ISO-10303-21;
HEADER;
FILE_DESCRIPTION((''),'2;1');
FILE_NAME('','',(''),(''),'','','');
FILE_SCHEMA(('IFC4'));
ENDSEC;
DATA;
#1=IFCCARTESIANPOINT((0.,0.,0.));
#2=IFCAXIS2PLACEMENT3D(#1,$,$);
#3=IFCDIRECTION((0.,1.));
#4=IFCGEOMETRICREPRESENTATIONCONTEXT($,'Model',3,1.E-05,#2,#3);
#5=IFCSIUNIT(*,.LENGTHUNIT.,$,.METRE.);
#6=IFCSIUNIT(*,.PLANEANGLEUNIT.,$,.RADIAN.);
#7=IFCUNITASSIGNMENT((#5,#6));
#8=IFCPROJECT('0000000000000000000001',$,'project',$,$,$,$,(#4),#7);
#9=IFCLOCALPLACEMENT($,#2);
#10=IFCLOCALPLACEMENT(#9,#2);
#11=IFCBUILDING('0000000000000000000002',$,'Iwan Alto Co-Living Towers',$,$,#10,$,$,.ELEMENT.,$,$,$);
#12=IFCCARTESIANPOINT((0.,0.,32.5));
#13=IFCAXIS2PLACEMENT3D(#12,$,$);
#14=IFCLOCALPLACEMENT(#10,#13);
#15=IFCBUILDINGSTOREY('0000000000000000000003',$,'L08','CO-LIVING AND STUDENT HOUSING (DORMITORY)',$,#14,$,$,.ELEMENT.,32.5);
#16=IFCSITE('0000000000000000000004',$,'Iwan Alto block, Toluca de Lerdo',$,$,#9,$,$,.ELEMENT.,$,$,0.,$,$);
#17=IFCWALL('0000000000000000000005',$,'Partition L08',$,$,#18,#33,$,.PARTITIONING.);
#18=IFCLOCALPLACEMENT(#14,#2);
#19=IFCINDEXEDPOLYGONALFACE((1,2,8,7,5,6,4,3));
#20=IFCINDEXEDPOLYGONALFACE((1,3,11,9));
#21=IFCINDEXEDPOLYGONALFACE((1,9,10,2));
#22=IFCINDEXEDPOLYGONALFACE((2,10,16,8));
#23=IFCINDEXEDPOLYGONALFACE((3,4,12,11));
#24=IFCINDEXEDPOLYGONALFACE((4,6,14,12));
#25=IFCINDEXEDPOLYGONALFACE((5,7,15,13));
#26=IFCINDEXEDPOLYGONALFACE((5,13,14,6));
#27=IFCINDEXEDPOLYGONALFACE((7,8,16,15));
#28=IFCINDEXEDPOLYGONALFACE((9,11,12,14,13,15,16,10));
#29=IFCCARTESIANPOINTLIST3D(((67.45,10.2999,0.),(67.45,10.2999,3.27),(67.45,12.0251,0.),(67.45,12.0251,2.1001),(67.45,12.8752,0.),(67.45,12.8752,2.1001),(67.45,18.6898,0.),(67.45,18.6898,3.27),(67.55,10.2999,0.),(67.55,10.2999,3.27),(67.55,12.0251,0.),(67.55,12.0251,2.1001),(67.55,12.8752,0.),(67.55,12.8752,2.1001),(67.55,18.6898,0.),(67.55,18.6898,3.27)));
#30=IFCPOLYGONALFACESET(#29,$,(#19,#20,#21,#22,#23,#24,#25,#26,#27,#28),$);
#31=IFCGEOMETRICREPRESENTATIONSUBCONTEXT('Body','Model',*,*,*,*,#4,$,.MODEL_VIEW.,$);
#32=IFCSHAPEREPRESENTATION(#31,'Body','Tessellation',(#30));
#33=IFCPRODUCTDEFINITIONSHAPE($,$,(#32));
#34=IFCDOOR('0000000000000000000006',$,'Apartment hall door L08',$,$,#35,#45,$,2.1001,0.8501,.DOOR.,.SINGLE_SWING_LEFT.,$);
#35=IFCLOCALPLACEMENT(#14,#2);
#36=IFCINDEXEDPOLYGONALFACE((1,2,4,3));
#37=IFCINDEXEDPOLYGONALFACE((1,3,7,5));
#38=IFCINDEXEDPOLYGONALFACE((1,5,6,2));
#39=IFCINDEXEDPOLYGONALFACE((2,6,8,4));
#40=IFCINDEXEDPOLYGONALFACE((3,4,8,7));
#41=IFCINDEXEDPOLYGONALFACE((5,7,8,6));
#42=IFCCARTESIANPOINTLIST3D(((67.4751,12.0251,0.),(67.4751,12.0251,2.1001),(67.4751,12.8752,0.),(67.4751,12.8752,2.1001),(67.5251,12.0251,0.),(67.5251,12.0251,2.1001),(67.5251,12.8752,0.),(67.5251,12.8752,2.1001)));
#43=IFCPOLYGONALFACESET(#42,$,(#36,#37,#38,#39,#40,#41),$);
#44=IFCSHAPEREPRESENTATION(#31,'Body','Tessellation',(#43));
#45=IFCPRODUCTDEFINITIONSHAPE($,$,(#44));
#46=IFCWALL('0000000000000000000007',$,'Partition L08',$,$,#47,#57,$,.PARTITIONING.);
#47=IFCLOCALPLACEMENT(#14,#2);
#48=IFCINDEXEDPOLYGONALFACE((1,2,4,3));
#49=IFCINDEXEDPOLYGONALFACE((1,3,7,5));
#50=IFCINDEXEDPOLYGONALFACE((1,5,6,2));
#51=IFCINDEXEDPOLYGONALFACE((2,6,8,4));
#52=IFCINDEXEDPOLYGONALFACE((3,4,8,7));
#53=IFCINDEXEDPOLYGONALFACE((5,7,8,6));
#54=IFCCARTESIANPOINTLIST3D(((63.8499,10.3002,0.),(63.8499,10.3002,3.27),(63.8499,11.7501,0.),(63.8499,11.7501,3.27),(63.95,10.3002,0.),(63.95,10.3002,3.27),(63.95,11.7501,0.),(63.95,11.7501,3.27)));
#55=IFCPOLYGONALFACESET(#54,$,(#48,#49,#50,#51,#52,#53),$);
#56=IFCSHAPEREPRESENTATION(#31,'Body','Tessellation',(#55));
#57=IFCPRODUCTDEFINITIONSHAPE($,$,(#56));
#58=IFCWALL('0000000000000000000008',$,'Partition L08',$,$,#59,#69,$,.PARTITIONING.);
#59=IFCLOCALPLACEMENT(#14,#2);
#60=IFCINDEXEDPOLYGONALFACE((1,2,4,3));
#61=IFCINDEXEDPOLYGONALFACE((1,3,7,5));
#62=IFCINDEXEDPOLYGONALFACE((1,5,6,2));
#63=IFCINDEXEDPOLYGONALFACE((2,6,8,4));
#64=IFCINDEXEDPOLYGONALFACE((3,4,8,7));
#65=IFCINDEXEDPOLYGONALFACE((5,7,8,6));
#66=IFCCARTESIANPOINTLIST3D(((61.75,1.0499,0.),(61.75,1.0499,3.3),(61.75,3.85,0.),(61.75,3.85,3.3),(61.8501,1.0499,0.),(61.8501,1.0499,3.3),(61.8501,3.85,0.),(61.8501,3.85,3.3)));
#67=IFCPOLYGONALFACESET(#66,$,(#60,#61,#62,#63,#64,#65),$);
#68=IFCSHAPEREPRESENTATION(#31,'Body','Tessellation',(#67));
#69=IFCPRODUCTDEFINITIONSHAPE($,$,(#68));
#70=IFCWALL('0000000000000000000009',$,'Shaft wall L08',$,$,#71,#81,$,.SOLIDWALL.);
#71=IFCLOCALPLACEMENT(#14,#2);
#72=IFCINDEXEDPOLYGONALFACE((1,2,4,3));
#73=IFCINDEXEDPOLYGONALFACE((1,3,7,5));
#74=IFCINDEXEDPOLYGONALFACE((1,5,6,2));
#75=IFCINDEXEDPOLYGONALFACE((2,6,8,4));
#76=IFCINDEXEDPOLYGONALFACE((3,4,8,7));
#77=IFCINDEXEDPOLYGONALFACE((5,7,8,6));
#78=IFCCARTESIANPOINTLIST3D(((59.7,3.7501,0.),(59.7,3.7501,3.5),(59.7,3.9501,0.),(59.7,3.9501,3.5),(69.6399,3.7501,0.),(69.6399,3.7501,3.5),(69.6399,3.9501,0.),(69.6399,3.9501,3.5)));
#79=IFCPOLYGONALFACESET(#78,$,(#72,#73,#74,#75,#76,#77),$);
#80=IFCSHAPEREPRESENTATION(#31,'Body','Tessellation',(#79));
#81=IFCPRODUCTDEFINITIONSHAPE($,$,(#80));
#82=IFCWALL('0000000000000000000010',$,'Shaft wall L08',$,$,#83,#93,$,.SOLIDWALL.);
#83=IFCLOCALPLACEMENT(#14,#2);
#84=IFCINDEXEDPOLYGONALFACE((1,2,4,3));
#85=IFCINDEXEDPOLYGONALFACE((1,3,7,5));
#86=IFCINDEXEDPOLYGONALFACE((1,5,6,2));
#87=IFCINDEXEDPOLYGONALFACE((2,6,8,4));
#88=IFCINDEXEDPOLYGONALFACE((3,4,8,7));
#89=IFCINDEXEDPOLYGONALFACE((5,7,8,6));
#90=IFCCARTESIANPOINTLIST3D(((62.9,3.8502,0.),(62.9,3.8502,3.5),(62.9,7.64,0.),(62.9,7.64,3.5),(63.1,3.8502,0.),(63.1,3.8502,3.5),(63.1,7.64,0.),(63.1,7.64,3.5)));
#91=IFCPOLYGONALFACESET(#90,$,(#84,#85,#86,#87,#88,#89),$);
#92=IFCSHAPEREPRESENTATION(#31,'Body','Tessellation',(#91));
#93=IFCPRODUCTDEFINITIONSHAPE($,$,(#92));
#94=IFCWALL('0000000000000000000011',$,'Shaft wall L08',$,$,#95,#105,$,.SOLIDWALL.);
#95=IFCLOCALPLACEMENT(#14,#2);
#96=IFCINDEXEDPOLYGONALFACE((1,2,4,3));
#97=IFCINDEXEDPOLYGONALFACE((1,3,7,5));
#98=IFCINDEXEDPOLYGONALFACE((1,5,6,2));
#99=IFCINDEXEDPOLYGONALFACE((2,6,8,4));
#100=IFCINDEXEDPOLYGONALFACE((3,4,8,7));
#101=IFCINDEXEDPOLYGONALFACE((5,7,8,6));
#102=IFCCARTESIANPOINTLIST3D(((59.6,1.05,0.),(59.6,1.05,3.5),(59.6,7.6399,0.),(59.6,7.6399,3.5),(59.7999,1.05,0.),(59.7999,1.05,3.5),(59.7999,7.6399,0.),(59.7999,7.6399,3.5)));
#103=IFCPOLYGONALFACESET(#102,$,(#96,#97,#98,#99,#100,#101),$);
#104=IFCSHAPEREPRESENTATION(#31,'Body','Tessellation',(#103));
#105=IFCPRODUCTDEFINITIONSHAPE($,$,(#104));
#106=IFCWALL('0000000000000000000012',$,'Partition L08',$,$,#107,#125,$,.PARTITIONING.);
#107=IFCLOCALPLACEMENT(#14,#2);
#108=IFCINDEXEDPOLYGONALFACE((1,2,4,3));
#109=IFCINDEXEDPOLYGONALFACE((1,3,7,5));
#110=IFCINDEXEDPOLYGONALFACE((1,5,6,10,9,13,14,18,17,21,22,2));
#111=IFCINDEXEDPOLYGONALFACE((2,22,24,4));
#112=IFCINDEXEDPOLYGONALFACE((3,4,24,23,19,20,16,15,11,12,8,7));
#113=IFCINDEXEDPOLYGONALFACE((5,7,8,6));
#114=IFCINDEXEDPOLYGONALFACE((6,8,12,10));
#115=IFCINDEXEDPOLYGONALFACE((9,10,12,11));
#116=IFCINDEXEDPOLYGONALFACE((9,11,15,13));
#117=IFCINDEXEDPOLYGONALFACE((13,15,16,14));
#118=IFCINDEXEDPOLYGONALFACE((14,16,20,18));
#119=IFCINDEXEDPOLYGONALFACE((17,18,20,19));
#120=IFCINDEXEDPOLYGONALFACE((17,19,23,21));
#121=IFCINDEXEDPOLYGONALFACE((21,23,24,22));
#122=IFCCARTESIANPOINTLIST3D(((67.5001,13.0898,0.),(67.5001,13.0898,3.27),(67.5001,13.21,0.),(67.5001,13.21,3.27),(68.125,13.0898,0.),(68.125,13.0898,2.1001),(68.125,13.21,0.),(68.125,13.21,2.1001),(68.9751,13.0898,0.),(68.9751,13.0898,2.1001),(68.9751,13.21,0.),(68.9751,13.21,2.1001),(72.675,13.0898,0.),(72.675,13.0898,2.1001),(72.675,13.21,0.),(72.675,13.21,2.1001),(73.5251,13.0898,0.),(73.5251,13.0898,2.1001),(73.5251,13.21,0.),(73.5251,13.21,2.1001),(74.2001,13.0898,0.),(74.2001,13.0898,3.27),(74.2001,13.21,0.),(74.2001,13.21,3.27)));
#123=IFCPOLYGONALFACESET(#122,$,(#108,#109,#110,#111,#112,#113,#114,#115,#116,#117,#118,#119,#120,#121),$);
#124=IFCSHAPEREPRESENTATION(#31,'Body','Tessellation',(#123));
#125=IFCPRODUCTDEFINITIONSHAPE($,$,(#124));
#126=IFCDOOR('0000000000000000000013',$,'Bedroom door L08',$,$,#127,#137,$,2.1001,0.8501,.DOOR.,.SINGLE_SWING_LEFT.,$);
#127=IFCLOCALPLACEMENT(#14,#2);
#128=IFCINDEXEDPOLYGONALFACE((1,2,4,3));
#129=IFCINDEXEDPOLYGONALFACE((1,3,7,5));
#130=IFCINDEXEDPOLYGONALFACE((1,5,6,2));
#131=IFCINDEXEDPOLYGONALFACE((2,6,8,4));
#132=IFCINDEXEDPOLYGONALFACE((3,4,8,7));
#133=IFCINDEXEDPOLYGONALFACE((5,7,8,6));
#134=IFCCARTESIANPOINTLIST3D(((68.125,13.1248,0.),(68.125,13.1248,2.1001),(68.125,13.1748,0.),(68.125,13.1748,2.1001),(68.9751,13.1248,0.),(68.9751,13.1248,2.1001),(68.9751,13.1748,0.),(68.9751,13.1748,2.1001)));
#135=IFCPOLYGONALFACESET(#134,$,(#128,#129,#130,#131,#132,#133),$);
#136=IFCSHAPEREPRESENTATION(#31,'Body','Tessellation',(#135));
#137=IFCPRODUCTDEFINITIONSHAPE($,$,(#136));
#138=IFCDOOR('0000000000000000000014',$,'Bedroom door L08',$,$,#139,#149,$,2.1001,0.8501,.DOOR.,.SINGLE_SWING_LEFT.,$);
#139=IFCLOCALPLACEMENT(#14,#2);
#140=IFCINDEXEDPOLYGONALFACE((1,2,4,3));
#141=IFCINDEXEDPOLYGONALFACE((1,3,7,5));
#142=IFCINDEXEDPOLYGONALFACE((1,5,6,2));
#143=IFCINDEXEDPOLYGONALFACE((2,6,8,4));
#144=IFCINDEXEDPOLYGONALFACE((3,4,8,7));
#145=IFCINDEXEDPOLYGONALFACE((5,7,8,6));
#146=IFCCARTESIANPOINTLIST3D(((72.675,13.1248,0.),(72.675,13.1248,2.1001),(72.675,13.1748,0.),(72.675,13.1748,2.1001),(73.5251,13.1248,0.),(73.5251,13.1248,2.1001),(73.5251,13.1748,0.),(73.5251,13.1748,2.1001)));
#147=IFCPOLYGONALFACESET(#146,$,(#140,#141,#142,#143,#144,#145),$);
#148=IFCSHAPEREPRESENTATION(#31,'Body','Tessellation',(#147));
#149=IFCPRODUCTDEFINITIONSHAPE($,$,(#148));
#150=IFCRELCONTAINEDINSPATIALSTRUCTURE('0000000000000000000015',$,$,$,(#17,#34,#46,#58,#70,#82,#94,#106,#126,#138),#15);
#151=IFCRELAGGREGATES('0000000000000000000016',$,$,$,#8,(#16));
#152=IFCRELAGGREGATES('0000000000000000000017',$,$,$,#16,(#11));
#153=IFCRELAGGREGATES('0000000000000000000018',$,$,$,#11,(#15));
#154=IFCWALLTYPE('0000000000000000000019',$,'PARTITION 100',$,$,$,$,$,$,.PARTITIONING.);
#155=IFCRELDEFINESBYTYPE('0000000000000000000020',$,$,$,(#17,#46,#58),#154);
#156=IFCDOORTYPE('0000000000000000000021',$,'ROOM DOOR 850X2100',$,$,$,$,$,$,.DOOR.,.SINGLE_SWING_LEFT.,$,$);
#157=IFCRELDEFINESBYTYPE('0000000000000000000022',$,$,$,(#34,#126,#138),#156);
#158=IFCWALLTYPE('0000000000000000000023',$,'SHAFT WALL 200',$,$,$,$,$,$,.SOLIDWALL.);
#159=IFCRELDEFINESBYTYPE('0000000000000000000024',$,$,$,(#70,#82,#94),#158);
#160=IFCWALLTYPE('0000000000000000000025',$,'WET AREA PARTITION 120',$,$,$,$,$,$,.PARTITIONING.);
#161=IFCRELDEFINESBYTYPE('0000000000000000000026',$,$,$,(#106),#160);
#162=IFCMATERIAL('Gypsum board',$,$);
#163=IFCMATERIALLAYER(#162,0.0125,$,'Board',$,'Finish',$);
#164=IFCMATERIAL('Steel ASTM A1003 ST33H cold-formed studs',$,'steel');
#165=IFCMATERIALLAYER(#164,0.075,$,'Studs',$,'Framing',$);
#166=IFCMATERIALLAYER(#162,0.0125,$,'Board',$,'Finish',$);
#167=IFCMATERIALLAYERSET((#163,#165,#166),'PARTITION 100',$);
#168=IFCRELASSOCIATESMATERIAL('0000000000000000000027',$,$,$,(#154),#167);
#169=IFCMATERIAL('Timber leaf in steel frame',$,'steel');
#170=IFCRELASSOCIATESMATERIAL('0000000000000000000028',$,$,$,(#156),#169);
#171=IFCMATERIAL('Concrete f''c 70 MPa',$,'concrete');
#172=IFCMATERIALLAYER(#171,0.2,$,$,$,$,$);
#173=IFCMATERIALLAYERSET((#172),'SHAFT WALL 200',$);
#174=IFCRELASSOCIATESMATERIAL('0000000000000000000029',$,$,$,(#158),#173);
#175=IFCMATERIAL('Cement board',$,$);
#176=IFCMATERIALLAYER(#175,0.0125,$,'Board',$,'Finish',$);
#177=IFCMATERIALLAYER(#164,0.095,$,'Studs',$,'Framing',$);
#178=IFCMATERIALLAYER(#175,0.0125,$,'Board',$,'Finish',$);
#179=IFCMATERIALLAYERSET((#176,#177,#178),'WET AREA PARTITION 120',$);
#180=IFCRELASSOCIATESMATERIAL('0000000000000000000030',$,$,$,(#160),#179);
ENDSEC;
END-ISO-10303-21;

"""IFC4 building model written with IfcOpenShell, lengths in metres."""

from ifc_helpers import new_model, si_unit, direction, frame, frame_2d, origin, place, context, subcontext, project, spatial, rectangle, extrude, material, layer, layer_set, type_object, element, fill, save


model = new_model("IFC4")

# Units and contexts
model_context = context("Model", 3, precision=1e-05, world=origin(), true_north=direction((0.0, 1.0)))
body_context = subcontext(model_context, "Body", "Model", "MODEL_VIEW")
ifc_project = project(units=[si_unit("LENGTHUNIT", "METRE"), si_unit("PLANEANGLEUNIT", "RADIAN")], contexts=[model_context])

# Site, building, storey
site_placement = place(None, origin())
site = spatial("IfcSite", under=ifc_project, at=site_placement, Name="Iwan Alto block, Toluca de Lerdo", CompositionType="ELEMENT", RefElevation=0.0)
building_placement = place(site_placement, origin())
building = spatial("IfcBuilding", under=site, at=building_placement, Name="Iwan Alto Co-Living Towers", CompositionType="ELEMENT")
storey_placement = place(building_placement, frame((0.0, 0.0, 32.5)))
storey = spatial("IfcBuildingStorey", under=building, at=storey_placement, Name="L08", Description="CO-LIVING AND STUDENT HOUSING (DORMITORY)", CompositionType="ELEMENT", Elevation=32.5)

# Wall, opening, door
ifc_material_1 = material(Name="Gypsum board")
ifc_layer_1 = layer(ifc_material_1, 0.0125, Name="Board", Category="Finish")
ifc_material_2 = material(Name="Steel ASTM A1003 ST33H cold-formed studs", Category="steel")
ifc_layer_2 = layer(ifc_material_2, 0.075, Name="Studs", Category="Framing")
ifc_layer_3 = layer(ifc_material_1, 0.0125, Name="Board", Category="Finish")
ifc_layer_set_1 = layer_set([ifc_layer_1, ifc_layer_2, ifc_layer_3], Name="PARTITION 100")
wall_type_1 = type_object("IfcWallType", Name="PARTITION 100", PredefinedType="PARTITIONING", material=ifc_layer_set_1)
wall_1_placement = place(storey_placement, frame((67.5, 10.3, 0.0), z_axis=(0.0, 0.0, 1.0), x_axis=(0.0, 1.0, 0.0)))
wall_1 = element("IfcWall", 1, at=wall_1_placement, inside=storey, type_object=wall_type_1, Name="Partition L08", PredefinedType="PARTITIONING", context=body_context, shape_type="SweptSolid", body=[
    extrude(rectangle(XDim=8.3899, YDim=0.1001, at=frame_2d((4.1948, 0.0))), origin(), (0.0, 0.0, 1.0), 3.27),
])
opening_1_placement = place(wall_1_placement, frame((1.7251, 0.0, 0.0)))
opening_1 = element("IfcOpeningElement", 2, at=opening_1_placement, cuts=wall_1, PredefinedType="OPENING", context=body_context, shape_type="SweptSolid", body=[
    extrude(rectangle(XDim=0.8501, YDim=2.1001, at=frame_2d((0.425, 1.05))), frame((0.0, 0.0601, 0.0), z_axis=(0.0, -1.0, 0.0), x_axis=(1.0, 0.0, 0.0)), (0.0, 0.0, 1.0), 0.1201),
])
ifc_material_3 = material(Name="Timber leaf in steel frame", Category="steel")
door_type = type_object("IfcDoorType", Name="ROOM DOOR 850X2100", OperationType="SINGLE_SWING_LEFT", PredefinedType="DOOR", material=ifc_material_3)
door_1_placement = place(opening_1_placement, origin())
door_1 = element("IfcDoor", 3, at=door_1_placement, inside=storey, type_object=door_type, Name="Apartment hall door L08", OperationType="SINGLE_SWING_LEFT", OverallHeight=2.1001, OverallWidth=0.8501, PredefinedType="DOOR", context=body_context, shape_type="SweptSolid", body=[
    extrude(rectangle(XDim=0.8501, YDim=2.1001, at=frame_2d((0.425, 1.05))), frame((0.0, 0.0249, 0.0), z_axis=(0.0, -1.0, 0.0), x_axis=(1.0, 0.0, 0.0)), (0.0, 0.0, 1.0), 0.05),
])
fill(opening_1, door_1)

# Walls
wall_2_placement = place(storey_placement, frame((63.8999, 10.3, 0.0), z_axis=(0.0, 0.0, 1.0), x_axis=(0.0, 1.0, 0.0)))
element("IfcWall", 4, at=wall_2_placement, inside=storey, type_object=wall_type_1, Name="Partition L08", PredefinedType="PARTITIONING", context=body_context, shape_type="SweptSolid", body=[
    extrude(rectangle(XDim=1.45, YDim=0.1001, at=frame_2d((0.7251, 0.0))), origin(), (0.0, 0.0, 1.0), 3.27),
])
wall_3_placement = place(storey_placement, frame((61.8, 1.05, 0.0), z_axis=(0.0, 0.0, 1.0), x_axis=(0.0, 1.0, 0.0)))
element("IfcWall", 5, at=wall_3_placement, inside=storey, type_object=wall_type_1, Name="Partition L08", PredefinedType="PARTITIONING", context=body_context, shape_type="SweptSolid", body=[
    extrude(rectangle(XDim=2.8, YDim=0.1001, at=frame_2d((1.3999, 0.0))), origin(), (0.0, 0.0, 1.0), 3.3),
])
ifc_material_4 = material(Name="Concrete f'c 70 MPa", Category="concrete")
ifc_layer_4 = layer(ifc_material_4, 0.2)
ifc_layer_set_2 = layer_set([ifc_layer_4], Name="SHAFT WALL 200")
wall_type_2 = type_object("IfcWallType", Name="SHAFT WALL 200", PredefinedType="SOLIDWALL", material=ifc_layer_set_2)
wall_4_placement = place(storey_placement, frame((59.7, 3.8501, 0.0), z_axis=(0.0, 0.0, 1.0), x_axis=(1.0, 0.0, 0.0)))
element("IfcWall", 6, at=wall_4_placement, inside=storey, type_object=wall_type_2, Name="Shaft wall L08", PredefinedType="SOLIDWALL", context=body_context, shape_type="SweptSolid", body=[
    extrude(rectangle(XDim=9.9399, YDim=0.2, at=frame_2d((4.97, 0.0))), origin(), (0.0, 0.0, 1.0), 3.5),
])
wall_5_placement = place(storey_placement, frame((63.0, 3.8501, 0.0), z_axis=(0.0, 0.0, 1.0), x_axis=(0.0, 1.0, 0.0)))
element("IfcWall", 7, at=wall_5_placement, inside=storey, type_object=wall_type_2, Name="Shaft wall L08", PredefinedType="SOLIDWALL", context=body_context, shape_type="SweptSolid", body=[
    extrude(rectangle(XDim=3.7898, YDim=0.2, at=frame_2d((1.895, 0.0))), origin(), (0.0, 0.0, 1.0), 3.5),
])
wall_6_placement = place(storey_placement, frame((59.7, 1.05, 0.0), z_axis=(0.0, 0.0, 1.0), x_axis=(0.0, 1.0, 0.0)))
element("IfcWall", 8, at=wall_6_placement, inside=storey, type_object=wall_type_2, Name="Shaft wall L08", PredefinedType="SOLIDWALL", context=body_context, shape_type="SweptSolid", body=[
    extrude(rectangle(XDim=6.5898, YDim=0.2, at=frame_2d((3.2949, 0.0))), origin(), (0.0, 0.0, 1.0), 3.5),
])

# Wall, openings, doors
ifc_material_5 = material(Name="Cement board")
ifc_layer_5 = layer(ifc_material_5, 0.0125, Name="Board", Category="Finish")
ifc_layer_6 = layer(ifc_material_2, 0.095, Name="Studs", Category="Framing")
ifc_layer_7 = layer(ifc_material_5, 0.0125, Name="Board", Category="Finish")
ifc_layer_set_3 = layer_set([ifc_layer_5, ifc_layer_6, ifc_layer_7], Name="WET AREA PARTITION 120")
wall_type_3 = type_object("IfcWallType", Name="WET AREA PARTITION 120", PredefinedType="PARTITIONING", material=ifc_layer_set_3)
wall_7_placement = place(storey_placement, frame((67.5, 13.1499, 0.0), z_axis=(0.0, 0.0, 1.0), x_axis=(1.0, 0.0, 0.0)))
wall_7 = element("IfcWall", 9, at=wall_7_placement, inside=storey, type_object=wall_type_3, Name="Partition L08", PredefinedType="PARTITIONING", context=body_context, shape_type="SweptSolid", body=[
    extrude(rectangle(XDim=6.7, YDim=0.1201, at=frame_2d((3.3501, 0.0))), origin(), (0.0, 0.0, 1.0), 3.27),
])
opening_2_placement = place(wall_7_placement, frame((0.625, 0.0, 0.0)))
opening_2 = element("IfcOpeningElement", 10, at=opening_2_placement, cuts=wall_7, PredefinedType="OPENING", context=body_context, shape_type="SweptSolid", body=[
    extrude(rectangle(XDim=0.8501, YDim=2.1001, at=frame_2d((0.425, 1.05))), frame((0.0, 0.0701, 0.0), z_axis=(0.0, -1.0, 0.0), x_axis=(1.0, 0.0, 0.0)), (0.0, 0.0, 1.0), 0.1401),
])
opening_3_placement = place(wall_7_placement, frame((5.175, 0.0, 0.0)))
opening_3 = element("IfcOpeningElement", 11, at=opening_3_placement, cuts=wall_7, PredefinedType="OPENING", context=body_context, shape_type="SweptSolid", body=[
    extrude(rectangle(XDim=0.8501, YDim=2.1001, at=frame_2d((0.425, 1.05))), frame((0.0, 0.0701, 0.0), z_axis=(0.0, -1.0, 0.0), x_axis=(1.0, 0.0, 0.0)), (0.0, 0.0, 1.0), 0.1401),
])
door_2_placement = place(opening_2_placement, origin())
door_2 = element("IfcDoor", 12, at=door_2_placement, inside=storey, type_object=door_type, Name="Bedroom door L08", OperationType="SINGLE_SWING_LEFT", OverallHeight=2.1001, OverallWidth=0.8501, PredefinedType="DOOR", context=body_context, shape_type="SweptSolid", body=[
    extrude(rectangle(XDim=0.8501, YDim=2.1001, at=frame_2d((0.425, 1.05))), frame((0.0, 0.0249, 0.0), z_axis=(0.0, -1.0, 0.0), x_axis=(1.0, 0.0, 0.0)), (0.0, 0.0, 1.0), 0.05),
])
fill(opening_2, door_2)
door_3_placement = place(opening_3_placement, origin())
door_3 = element("IfcDoor", 13, at=door_3_placement, inside=storey, type_object=door_type, Name="Bedroom door L08", OperationType="SINGLE_SWING_LEFT", OverallHeight=2.1001, OverallWidth=0.8501, PredefinedType="DOOR", context=body_context, shape_type="SweptSolid", body=[
    extrude(rectangle(XDim=0.8501, YDim=2.1001, at=frame_2d((0.425, 1.05))), frame((0.0, 0.0249, 0.0), z_axis=(0.0, -1.0, 0.0), x_axis=(1.0, 0.0, 0.0)), (0.0, 0.0, 1.0), 0.05),
])
fill(opening_3, door_3)

save(model, "model.ifc")
